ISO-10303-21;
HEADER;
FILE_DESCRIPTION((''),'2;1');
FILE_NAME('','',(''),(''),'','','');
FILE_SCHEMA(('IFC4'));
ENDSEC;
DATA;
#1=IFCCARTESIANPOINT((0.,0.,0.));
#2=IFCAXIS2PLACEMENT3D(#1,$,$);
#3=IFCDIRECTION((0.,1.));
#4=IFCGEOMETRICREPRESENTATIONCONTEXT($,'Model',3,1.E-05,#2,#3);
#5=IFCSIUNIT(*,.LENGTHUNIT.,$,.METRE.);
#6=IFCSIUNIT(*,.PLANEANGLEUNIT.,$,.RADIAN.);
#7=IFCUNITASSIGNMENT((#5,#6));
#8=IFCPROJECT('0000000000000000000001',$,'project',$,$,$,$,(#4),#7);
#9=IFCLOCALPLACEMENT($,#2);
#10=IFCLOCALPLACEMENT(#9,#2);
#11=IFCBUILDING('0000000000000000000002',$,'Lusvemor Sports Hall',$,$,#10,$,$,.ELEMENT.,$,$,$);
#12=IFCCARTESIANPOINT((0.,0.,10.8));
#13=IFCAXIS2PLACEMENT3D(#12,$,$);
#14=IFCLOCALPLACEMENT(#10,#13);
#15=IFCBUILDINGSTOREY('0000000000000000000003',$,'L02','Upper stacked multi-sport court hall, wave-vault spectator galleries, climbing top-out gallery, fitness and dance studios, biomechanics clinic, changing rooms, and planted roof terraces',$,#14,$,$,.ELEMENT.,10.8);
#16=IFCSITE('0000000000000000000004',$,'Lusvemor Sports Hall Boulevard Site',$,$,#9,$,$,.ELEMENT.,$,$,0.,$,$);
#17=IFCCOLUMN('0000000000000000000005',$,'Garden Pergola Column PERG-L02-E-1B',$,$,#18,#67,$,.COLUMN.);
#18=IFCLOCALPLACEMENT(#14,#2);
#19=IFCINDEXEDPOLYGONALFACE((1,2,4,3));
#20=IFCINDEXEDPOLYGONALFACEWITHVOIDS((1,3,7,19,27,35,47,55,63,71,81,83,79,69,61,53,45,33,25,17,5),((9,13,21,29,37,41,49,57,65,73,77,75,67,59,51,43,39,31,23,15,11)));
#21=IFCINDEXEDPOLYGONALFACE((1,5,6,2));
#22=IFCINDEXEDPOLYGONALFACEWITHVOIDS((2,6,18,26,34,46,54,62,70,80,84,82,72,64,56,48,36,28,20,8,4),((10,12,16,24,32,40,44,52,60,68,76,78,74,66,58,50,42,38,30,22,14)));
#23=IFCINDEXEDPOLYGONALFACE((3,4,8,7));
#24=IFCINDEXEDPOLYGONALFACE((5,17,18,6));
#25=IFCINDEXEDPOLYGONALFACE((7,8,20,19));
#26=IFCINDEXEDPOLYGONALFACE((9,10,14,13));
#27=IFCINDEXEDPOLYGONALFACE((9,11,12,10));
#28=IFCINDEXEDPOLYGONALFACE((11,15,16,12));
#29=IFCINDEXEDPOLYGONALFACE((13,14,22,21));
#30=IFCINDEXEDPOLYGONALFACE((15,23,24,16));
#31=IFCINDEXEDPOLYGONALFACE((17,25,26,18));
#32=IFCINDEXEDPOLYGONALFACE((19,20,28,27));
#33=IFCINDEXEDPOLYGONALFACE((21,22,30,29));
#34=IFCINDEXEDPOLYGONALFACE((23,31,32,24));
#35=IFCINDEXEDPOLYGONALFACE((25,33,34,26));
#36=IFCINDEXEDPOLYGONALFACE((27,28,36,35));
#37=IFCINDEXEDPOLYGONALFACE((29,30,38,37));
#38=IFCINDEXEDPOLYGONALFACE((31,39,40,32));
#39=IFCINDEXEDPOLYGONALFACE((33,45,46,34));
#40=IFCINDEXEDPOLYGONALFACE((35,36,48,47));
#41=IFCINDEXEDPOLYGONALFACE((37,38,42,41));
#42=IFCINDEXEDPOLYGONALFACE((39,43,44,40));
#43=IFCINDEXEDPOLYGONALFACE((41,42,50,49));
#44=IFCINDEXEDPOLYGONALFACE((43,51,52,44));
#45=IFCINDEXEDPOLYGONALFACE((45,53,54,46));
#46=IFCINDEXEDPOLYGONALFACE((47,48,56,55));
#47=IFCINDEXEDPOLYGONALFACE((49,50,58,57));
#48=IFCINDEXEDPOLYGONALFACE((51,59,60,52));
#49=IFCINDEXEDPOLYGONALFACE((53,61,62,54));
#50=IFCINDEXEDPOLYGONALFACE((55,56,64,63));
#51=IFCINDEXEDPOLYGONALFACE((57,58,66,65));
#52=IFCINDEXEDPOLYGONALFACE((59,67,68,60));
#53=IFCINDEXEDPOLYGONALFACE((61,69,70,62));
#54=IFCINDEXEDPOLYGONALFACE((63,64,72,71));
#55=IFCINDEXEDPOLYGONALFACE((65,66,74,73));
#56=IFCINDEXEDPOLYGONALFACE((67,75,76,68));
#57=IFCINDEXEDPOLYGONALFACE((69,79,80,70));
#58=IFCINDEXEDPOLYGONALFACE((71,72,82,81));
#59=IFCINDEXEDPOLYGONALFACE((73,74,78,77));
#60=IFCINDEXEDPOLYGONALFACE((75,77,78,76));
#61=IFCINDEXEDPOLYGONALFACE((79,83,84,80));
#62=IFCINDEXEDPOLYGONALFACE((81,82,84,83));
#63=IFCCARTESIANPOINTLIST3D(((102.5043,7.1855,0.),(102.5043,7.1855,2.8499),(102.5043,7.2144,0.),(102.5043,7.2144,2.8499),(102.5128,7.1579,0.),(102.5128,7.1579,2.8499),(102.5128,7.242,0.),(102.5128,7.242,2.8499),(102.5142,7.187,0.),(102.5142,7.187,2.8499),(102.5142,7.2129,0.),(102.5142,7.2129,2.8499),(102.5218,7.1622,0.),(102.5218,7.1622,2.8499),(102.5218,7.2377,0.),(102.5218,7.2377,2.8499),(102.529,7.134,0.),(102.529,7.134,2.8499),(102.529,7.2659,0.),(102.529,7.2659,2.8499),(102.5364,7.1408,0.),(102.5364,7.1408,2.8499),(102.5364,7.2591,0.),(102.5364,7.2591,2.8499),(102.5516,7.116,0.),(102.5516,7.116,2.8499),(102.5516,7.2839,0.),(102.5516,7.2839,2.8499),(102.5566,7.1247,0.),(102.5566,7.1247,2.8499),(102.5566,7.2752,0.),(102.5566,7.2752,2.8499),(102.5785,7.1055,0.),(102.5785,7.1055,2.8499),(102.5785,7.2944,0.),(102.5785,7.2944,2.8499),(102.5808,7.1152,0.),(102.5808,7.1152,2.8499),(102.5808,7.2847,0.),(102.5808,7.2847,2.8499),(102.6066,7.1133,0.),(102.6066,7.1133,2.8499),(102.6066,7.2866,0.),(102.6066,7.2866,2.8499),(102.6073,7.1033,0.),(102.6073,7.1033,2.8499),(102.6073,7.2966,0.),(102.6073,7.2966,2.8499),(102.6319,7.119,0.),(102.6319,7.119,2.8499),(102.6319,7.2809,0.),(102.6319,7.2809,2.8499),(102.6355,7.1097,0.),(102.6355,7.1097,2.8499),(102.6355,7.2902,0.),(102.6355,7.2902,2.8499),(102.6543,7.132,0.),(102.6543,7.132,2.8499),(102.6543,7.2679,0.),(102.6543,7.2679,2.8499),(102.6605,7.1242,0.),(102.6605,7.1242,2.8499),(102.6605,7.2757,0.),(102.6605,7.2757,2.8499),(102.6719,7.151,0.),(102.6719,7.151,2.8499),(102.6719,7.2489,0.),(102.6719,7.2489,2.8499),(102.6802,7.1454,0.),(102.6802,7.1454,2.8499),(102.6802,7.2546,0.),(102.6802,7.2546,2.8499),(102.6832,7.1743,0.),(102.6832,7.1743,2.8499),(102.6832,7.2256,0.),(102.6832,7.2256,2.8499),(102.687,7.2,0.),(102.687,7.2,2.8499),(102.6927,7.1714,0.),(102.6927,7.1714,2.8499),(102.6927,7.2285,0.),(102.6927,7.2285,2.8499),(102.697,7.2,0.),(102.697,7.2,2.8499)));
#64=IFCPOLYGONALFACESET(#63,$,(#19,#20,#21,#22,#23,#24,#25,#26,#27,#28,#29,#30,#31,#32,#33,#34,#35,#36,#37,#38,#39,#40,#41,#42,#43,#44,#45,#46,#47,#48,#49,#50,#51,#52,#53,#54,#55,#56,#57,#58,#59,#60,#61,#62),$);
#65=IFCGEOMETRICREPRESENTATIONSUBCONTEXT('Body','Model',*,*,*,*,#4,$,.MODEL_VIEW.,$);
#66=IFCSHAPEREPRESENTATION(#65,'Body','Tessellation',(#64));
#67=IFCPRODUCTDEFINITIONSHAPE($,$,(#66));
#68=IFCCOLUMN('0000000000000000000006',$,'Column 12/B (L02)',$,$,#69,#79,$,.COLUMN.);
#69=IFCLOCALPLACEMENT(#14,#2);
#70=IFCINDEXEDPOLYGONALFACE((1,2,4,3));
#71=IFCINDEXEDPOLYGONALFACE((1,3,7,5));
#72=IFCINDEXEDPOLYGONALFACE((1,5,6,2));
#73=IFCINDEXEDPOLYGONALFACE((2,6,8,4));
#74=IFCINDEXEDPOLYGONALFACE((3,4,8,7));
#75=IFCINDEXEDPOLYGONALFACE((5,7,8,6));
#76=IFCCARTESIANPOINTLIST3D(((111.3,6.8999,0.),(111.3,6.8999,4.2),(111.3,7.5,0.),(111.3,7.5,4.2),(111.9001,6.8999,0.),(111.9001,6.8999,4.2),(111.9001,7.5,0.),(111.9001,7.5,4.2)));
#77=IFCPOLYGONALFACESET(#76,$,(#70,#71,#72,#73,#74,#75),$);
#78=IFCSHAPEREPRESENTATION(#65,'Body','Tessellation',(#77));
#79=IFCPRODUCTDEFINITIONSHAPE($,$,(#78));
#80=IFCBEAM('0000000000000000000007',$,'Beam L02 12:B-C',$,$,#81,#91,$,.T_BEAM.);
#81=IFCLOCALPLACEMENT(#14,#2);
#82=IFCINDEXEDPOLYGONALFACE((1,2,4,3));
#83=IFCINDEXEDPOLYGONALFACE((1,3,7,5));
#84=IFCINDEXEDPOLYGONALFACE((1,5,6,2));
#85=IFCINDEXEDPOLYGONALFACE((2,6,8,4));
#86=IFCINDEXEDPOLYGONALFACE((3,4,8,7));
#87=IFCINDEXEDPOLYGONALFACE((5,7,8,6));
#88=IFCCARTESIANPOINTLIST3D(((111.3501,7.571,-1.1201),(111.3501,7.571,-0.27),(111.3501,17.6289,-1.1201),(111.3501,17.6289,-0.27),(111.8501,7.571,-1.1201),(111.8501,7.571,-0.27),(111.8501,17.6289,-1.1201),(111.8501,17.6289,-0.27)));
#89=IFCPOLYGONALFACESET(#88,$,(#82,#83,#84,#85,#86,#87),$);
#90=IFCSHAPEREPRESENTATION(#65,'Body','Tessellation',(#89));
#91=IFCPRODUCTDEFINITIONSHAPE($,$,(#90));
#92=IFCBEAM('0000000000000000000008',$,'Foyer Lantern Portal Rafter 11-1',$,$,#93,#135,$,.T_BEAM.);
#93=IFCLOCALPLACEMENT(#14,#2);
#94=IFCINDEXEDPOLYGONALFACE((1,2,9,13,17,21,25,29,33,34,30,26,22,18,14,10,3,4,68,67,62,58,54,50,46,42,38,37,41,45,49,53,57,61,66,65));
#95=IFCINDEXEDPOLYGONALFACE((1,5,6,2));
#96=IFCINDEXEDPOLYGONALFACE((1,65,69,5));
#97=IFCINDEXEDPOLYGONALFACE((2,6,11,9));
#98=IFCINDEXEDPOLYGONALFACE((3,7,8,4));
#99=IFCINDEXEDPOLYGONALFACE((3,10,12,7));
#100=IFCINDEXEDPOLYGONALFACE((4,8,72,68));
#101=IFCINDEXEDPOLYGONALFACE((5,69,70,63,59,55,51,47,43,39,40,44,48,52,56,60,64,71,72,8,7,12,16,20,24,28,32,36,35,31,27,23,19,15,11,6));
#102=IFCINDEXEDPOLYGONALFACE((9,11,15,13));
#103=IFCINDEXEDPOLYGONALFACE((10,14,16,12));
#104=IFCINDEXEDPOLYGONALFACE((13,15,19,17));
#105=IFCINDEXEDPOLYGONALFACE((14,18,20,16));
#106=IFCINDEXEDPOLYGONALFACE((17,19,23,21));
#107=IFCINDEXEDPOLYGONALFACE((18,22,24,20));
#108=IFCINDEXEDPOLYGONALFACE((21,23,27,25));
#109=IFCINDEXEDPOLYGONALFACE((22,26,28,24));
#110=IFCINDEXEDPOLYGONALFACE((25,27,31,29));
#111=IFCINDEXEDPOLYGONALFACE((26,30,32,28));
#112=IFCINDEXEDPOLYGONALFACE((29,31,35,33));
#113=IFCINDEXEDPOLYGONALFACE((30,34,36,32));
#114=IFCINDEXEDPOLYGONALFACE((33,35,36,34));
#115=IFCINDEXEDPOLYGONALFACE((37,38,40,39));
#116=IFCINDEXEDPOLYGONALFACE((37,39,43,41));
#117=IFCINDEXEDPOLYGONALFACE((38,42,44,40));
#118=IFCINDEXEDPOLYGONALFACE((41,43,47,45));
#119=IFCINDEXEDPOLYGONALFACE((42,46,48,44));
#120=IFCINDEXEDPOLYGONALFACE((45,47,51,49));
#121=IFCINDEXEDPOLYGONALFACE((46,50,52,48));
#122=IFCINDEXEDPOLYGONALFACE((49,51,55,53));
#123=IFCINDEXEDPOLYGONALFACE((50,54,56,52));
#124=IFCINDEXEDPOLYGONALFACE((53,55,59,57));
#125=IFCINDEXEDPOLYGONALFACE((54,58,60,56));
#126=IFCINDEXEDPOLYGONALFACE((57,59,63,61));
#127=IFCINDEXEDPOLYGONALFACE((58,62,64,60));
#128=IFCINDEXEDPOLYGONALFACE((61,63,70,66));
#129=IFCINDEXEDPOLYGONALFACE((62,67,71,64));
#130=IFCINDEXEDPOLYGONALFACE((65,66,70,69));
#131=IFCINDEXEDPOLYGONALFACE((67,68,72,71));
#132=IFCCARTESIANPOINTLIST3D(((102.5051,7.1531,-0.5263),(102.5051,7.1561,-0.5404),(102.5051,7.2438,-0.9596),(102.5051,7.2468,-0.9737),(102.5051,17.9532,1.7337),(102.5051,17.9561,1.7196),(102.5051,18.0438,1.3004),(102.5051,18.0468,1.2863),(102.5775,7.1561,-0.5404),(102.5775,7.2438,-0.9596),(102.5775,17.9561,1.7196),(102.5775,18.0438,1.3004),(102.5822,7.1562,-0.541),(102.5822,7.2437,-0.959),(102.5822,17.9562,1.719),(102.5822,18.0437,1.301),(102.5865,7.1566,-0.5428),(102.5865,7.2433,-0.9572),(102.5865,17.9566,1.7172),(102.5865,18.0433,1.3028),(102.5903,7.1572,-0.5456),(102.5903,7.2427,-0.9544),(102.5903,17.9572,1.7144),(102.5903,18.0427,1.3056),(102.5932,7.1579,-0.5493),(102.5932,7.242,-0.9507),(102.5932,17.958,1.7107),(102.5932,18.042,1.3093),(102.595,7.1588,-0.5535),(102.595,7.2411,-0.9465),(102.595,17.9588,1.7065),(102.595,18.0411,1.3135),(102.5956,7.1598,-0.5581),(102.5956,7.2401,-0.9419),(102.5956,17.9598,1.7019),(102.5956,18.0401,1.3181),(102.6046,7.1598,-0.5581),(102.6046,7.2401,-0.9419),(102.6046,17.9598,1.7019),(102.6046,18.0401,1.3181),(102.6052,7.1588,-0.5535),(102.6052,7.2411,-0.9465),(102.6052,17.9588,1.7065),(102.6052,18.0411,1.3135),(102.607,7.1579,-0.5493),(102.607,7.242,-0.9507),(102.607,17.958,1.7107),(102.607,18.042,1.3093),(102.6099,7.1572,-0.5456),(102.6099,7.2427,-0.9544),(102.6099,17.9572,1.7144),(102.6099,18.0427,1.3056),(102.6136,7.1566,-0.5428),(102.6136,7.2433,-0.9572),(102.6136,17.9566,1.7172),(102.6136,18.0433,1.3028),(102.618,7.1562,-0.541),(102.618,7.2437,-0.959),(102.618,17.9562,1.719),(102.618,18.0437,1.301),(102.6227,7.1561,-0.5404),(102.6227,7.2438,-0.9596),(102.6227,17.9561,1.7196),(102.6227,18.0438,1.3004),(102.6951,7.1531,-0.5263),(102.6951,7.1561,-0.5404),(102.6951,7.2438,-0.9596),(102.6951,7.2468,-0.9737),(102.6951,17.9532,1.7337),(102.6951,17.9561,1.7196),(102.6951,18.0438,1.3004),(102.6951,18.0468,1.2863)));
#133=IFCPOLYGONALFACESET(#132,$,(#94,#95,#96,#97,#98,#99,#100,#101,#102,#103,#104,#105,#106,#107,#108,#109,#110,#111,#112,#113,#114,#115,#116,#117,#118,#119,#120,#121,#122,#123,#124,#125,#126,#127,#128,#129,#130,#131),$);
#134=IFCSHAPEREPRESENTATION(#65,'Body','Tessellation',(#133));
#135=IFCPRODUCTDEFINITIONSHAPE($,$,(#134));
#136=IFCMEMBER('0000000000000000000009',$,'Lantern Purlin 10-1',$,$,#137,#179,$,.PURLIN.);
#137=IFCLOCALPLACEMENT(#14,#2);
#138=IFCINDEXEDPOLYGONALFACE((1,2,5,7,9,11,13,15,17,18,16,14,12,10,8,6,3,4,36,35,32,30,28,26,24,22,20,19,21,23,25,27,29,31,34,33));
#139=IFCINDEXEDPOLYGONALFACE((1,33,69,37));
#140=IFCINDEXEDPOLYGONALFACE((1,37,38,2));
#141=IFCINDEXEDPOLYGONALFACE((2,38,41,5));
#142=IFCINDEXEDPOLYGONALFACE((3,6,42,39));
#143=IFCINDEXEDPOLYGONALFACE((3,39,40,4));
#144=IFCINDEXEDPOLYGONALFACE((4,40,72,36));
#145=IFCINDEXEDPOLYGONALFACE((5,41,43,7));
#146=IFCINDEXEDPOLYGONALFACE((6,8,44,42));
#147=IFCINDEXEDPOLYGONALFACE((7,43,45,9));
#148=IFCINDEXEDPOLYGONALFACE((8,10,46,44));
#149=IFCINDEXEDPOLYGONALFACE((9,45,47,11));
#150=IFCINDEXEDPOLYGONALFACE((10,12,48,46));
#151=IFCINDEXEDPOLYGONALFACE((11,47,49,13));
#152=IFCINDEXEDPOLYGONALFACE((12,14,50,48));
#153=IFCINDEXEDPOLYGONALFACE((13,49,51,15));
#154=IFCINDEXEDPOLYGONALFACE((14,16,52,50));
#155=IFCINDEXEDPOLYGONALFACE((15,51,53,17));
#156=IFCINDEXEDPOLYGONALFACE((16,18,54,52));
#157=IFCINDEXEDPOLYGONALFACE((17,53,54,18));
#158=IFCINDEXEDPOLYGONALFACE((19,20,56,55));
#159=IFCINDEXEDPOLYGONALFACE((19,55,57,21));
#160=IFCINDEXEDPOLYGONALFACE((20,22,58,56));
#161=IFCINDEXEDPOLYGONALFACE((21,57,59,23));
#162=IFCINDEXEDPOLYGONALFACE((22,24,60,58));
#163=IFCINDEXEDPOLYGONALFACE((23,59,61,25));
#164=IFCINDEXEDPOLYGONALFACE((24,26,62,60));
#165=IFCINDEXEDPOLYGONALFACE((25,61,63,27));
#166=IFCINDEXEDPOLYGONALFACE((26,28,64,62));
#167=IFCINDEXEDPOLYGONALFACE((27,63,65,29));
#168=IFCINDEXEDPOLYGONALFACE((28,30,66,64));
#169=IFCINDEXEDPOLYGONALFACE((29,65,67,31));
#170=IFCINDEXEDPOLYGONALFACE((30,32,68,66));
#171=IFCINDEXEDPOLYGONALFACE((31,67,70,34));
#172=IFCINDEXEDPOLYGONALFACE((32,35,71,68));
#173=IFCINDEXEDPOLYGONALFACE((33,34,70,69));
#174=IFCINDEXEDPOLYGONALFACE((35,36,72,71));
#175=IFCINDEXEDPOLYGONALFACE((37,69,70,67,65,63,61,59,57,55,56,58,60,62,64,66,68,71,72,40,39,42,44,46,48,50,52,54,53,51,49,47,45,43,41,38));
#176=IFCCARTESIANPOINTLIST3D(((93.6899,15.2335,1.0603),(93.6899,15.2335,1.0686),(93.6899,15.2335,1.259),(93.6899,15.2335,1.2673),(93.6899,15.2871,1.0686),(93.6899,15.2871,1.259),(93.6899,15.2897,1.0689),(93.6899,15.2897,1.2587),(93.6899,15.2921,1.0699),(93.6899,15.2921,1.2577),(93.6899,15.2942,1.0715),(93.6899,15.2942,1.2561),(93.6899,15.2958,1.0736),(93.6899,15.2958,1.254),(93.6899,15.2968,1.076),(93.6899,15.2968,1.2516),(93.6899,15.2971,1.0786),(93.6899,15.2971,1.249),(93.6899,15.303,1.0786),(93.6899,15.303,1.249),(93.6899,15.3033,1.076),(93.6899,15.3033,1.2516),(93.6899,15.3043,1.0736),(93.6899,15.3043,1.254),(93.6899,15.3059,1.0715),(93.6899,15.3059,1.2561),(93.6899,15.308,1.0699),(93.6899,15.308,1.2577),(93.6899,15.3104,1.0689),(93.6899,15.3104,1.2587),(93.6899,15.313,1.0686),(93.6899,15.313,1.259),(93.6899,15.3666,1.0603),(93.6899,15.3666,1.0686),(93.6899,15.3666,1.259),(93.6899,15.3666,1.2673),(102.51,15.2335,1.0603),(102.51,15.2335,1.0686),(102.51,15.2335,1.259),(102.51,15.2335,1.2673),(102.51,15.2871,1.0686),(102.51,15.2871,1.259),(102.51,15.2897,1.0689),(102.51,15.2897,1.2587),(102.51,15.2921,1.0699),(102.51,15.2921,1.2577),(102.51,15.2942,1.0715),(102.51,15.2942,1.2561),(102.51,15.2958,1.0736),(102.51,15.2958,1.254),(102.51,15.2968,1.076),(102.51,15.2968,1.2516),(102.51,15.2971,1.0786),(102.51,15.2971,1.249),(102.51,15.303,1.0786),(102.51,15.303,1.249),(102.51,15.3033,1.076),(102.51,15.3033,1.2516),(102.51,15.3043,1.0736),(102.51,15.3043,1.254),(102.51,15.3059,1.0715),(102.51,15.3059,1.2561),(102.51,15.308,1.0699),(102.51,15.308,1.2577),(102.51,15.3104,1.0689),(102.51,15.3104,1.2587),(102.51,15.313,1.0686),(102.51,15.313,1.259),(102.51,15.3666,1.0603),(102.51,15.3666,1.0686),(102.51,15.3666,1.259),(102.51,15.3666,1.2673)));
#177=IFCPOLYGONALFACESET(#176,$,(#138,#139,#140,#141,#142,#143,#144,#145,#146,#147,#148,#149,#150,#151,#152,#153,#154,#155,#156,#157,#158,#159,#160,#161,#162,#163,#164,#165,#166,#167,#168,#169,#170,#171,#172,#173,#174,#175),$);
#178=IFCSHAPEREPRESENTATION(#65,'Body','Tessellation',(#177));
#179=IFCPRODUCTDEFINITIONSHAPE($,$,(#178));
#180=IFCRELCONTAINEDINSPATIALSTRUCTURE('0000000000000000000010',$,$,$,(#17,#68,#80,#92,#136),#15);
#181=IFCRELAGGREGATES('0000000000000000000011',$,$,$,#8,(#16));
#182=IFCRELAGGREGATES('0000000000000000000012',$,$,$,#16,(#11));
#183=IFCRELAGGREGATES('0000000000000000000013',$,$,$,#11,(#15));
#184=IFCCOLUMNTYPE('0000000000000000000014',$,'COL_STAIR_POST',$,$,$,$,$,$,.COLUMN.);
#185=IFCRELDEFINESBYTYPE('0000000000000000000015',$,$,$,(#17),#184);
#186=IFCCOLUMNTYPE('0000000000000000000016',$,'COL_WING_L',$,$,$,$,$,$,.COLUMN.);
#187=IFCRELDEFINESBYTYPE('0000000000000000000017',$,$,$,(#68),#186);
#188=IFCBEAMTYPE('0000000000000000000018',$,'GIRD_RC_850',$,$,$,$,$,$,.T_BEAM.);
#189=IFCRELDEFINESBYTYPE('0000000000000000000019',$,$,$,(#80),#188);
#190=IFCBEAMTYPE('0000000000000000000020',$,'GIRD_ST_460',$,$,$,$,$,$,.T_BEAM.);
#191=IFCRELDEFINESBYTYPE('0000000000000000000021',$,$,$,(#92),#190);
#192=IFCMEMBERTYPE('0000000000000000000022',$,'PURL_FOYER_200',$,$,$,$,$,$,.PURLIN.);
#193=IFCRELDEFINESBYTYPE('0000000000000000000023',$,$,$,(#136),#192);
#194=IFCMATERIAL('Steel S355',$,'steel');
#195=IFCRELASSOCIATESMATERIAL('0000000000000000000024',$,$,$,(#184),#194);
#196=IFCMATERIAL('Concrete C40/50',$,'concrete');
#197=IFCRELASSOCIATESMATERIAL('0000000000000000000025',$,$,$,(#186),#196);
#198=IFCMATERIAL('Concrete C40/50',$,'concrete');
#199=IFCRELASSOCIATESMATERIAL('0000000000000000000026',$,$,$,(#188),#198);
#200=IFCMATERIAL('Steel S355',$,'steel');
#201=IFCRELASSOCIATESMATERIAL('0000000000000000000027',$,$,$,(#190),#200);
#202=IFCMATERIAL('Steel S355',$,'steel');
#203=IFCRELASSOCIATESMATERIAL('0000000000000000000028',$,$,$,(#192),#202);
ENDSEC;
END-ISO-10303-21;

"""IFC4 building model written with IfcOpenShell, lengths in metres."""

from ifc_helpers import new_model, si_unit, direction, frame, origin, origin_2d, place, context, subcontext, project, spatial, rectangle, hollow_circle, i_section, extrude, material, material_profile, profile_set, type_object, element, save


model = new_model("IFC4")

# Units and contexts
model_context = context("Model", 3, precision=1e-05, world=origin(), true_north=direction((0.0, 1.0)))
body_context = subcontext(model_context, "Body", "Model", "MODEL_VIEW")
ifc_project = project(units=[si_unit("LENGTHUNIT", "METRE"), si_unit("PLANEANGLEUNIT", "RADIAN")], contexts=[model_context])

# Site, building, storey
site_placement = place(None, origin())
site = spatial("IfcSite", under=ifc_project, at=site_placement, Name="Lusvemor Sports Hall Boulevard Site", CompositionType="ELEMENT", RefElevation=0.0)
building_placement = place(site_placement, origin())
building = spatial("IfcBuilding", under=site, at=building_placement, Name="Lusvemor Sports Hall", CompositionType="ELEMENT")
storey_placement = place(building_placement, frame((0.0, 0.0, 10.8)))
storey = spatial("IfcBuildingStorey", under=building, at=storey_placement, Name="L02", Description="Upper stacked multi-sport court hall, wave-vault spectator galleries, climbing top-out gallery, fitness and dance studios, biomechanics clinic, changing rooms, and planted roof terraces", CompositionType="ELEMENT", Elevation=10.8)

# Columns
ifc_material_1 = material(Name="Steel S355", Category="steel")
ifc_material_profile_1 = material_profile(ifc_material_1, hollow_circle(Radius=0.0969, WallThickness=0.01, at=origin_2d()), Name="CHS193.7x10.0")
ifc_profile_set_1 = profile_set([ifc_material_profile_1], Name="Steel S355")
column_type_1 = type_object("IfcColumnType", Name="COL_STAIR_POST", PredefinedType="COLUMN", material=ifc_profile_set_1)
column_1_placement = place(storey_placement, frame((102.6001, 7.2, 0.0), z_axis=(0.0, 0.0, 1.0), x_axis=(1.0, 0.0, 0.0)))
element("IfcColumn", 1, at=column_1_placement, inside=storey, type_object=column_type_1, Name="Garden Pergola Column PERG-L02-E-1B", PredefinedType="COLUMN", context=body_context, shape_type="SweptSolid", body=[
    extrude(hollow_circle(Radius=0.0969, WallThickness=0.01, at=origin_2d()), origin(), (0.0, 0.0, 1.0), 2.8499),
])
ifc_material_2 = material(Name="Concrete C40/50", Category="concrete")
ifc_material_profile_2 = material_profile(ifc_material_2, rectangle(XDim=0.6001, YDim=0.6001, at=origin_2d()), Name="RC600x600")
ifc_profile_set_2 = profile_set([ifc_material_profile_2], Name="Concrete C40/50")
column_type_2 = type_object("IfcColumnType", Name="COL_WING_L", PredefinedType="COLUMN", material=ifc_profile_set_2)
column_2_placement = place(storey_placement, frame((111.6001, 7.2, 0.0), z_axis=(0.0, 0.0, 1.0), x_axis=(1.0, 0.0, 0.0)))
element("IfcColumn", 2, at=column_2_placement, inside=storey, type_object=column_type_2, Name="Column 12/B (L02)", PredefinedType="COLUMN", context=body_context, shape_type="SweptSolid", body=[
    extrude(rectangle(XDim=0.6001, YDim=0.6001, at=origin_2d()), origin(), (0.0, 0.0, 1.0), 4.2),
])

# Beams
ifc_material_3 = material(Name="Concrete C40/50", Category="concrete")
ifc_material_profile_3 = material_profile(ifc_material_3, rectangle(XDim=0.5, YDim=0.8501, at=origin_2d()), Name="RC500x850")
ifc_profile_set_3 = profile_set([ifc_material_profile_3], Name="Concrete C40/50")
beam_type_1 = type_object("IfcBeamType", Name="GIRD_RC_850", PredefinedType="T_BEAM", material=ifc_profile_set_3)
beam_1_placement = place(storey_placement, frame((111.6001, 7.571, -0.6951), z_axis=(0.0, 1.0, 0.0), x_axis=(-1.0, 0.0, 0.0)))
element("IfcBeam", 3, at=beam_1_placement, inside=storey, type_object=beam_type_1, Name="Beam L02 12:B-C", PredefinedType="T_BEAM", context=body_context, shape_type="SweptSolid", body=[
    extrude(rectangle(XDim=0.5, YDim=0.8501, at=origin_2d()), origin(), (0.0, 0.0, 1.0), 10.0579),
])
ifc_material_4 = material(Name="Steel S355", Category="steel")
ifc_material_profile_4 = material_profile(ifc_material_4, i_section(OverallWidth=0.1899, OverallDepth=0.457, WebThickness=0.009, FlangeThickness=0.0144, FilletRadius=0.0181, at=origin_2d()), Name="W460x74.0")
ifc_profile_set_4 = profile_set([ifc_material_profile_4], Name="Steel S355")
beam_type_2 = type_object("IfcBeamType", Name="GIRD_ST_460", PredefinedType="T_BEAM", material=ifc_profile_set_4)
beam_2_placement = place(storey_placement, frame((102.6001, 7.2, -0.75), z_axis=(0.0, 0.978799, 0.204823), x_axis=(-1.0, 0.0, 0.0)))
element("IfcBeam", 4, at=beam_2_placement, inside=storey, type_object=beam_type_2, Name="Foyer Lantern Portal Rafter 11-1", PredefinedType="T_BEAM", context=body_context, shape_type="SweptSolid", body=[
    extrude(i_section(OverallWidth=0.1899, OverallDepth=0.457, WebThickness=0.009, FlangeThickness=0.0144, FilletRadius=0.0181, at=origin_2d()), origin(), (0.0, 0.0, 1.0), 11.0339),
])

# Member
ifc_material_5 = material(Name="Steel S355", Category="steel")
ifc_material_profile_5 = material_profile(ifc_material_5, i_section(OverallWidth=0.1331, OverallDepth=0.207, WebThickness=0.0059, FlangeThickness=0.0083, FilletRadius=0.01, at=origin_2d()), Name="W200x26.6")
ifc_profile_set_5 = profile_set([ifc_material_profile_5], Name="Steel S355")
member_type_1 = type_object("IfcMemberType", Name="PURL_FOYER_200", PredefinedType="PURLIN", material=ifc_profile_set_5)
for number, where, z_axis, x_axis, name in (
    (5, (93.6899, 15.3, 1.1638), (1.0, 0.0, 0.0), (0.0, 1.0, 0.0), "Lantern Purlin 10-1"),
):
    element("IfcMember", number, at=place(storey_placement, frame(where, z_axis=z_axis, x_axis=x_axis)), inside=storey, type_object=member_type_1, Name=name, PredefinedType="PURLIN", context=body_context, shape_type="SweptSolid", body=[
        extrude(i_section(OverallWidth=0.1331, OverallDepth=0.207, WebThickness=0.0059, FlangeThickness=0.0083, FilletRadius=0.01, at=origin_2d()), origin(), (0.0, 0.0, 1.0), 8.8201),
    ])

save(model, "model.ifc")
